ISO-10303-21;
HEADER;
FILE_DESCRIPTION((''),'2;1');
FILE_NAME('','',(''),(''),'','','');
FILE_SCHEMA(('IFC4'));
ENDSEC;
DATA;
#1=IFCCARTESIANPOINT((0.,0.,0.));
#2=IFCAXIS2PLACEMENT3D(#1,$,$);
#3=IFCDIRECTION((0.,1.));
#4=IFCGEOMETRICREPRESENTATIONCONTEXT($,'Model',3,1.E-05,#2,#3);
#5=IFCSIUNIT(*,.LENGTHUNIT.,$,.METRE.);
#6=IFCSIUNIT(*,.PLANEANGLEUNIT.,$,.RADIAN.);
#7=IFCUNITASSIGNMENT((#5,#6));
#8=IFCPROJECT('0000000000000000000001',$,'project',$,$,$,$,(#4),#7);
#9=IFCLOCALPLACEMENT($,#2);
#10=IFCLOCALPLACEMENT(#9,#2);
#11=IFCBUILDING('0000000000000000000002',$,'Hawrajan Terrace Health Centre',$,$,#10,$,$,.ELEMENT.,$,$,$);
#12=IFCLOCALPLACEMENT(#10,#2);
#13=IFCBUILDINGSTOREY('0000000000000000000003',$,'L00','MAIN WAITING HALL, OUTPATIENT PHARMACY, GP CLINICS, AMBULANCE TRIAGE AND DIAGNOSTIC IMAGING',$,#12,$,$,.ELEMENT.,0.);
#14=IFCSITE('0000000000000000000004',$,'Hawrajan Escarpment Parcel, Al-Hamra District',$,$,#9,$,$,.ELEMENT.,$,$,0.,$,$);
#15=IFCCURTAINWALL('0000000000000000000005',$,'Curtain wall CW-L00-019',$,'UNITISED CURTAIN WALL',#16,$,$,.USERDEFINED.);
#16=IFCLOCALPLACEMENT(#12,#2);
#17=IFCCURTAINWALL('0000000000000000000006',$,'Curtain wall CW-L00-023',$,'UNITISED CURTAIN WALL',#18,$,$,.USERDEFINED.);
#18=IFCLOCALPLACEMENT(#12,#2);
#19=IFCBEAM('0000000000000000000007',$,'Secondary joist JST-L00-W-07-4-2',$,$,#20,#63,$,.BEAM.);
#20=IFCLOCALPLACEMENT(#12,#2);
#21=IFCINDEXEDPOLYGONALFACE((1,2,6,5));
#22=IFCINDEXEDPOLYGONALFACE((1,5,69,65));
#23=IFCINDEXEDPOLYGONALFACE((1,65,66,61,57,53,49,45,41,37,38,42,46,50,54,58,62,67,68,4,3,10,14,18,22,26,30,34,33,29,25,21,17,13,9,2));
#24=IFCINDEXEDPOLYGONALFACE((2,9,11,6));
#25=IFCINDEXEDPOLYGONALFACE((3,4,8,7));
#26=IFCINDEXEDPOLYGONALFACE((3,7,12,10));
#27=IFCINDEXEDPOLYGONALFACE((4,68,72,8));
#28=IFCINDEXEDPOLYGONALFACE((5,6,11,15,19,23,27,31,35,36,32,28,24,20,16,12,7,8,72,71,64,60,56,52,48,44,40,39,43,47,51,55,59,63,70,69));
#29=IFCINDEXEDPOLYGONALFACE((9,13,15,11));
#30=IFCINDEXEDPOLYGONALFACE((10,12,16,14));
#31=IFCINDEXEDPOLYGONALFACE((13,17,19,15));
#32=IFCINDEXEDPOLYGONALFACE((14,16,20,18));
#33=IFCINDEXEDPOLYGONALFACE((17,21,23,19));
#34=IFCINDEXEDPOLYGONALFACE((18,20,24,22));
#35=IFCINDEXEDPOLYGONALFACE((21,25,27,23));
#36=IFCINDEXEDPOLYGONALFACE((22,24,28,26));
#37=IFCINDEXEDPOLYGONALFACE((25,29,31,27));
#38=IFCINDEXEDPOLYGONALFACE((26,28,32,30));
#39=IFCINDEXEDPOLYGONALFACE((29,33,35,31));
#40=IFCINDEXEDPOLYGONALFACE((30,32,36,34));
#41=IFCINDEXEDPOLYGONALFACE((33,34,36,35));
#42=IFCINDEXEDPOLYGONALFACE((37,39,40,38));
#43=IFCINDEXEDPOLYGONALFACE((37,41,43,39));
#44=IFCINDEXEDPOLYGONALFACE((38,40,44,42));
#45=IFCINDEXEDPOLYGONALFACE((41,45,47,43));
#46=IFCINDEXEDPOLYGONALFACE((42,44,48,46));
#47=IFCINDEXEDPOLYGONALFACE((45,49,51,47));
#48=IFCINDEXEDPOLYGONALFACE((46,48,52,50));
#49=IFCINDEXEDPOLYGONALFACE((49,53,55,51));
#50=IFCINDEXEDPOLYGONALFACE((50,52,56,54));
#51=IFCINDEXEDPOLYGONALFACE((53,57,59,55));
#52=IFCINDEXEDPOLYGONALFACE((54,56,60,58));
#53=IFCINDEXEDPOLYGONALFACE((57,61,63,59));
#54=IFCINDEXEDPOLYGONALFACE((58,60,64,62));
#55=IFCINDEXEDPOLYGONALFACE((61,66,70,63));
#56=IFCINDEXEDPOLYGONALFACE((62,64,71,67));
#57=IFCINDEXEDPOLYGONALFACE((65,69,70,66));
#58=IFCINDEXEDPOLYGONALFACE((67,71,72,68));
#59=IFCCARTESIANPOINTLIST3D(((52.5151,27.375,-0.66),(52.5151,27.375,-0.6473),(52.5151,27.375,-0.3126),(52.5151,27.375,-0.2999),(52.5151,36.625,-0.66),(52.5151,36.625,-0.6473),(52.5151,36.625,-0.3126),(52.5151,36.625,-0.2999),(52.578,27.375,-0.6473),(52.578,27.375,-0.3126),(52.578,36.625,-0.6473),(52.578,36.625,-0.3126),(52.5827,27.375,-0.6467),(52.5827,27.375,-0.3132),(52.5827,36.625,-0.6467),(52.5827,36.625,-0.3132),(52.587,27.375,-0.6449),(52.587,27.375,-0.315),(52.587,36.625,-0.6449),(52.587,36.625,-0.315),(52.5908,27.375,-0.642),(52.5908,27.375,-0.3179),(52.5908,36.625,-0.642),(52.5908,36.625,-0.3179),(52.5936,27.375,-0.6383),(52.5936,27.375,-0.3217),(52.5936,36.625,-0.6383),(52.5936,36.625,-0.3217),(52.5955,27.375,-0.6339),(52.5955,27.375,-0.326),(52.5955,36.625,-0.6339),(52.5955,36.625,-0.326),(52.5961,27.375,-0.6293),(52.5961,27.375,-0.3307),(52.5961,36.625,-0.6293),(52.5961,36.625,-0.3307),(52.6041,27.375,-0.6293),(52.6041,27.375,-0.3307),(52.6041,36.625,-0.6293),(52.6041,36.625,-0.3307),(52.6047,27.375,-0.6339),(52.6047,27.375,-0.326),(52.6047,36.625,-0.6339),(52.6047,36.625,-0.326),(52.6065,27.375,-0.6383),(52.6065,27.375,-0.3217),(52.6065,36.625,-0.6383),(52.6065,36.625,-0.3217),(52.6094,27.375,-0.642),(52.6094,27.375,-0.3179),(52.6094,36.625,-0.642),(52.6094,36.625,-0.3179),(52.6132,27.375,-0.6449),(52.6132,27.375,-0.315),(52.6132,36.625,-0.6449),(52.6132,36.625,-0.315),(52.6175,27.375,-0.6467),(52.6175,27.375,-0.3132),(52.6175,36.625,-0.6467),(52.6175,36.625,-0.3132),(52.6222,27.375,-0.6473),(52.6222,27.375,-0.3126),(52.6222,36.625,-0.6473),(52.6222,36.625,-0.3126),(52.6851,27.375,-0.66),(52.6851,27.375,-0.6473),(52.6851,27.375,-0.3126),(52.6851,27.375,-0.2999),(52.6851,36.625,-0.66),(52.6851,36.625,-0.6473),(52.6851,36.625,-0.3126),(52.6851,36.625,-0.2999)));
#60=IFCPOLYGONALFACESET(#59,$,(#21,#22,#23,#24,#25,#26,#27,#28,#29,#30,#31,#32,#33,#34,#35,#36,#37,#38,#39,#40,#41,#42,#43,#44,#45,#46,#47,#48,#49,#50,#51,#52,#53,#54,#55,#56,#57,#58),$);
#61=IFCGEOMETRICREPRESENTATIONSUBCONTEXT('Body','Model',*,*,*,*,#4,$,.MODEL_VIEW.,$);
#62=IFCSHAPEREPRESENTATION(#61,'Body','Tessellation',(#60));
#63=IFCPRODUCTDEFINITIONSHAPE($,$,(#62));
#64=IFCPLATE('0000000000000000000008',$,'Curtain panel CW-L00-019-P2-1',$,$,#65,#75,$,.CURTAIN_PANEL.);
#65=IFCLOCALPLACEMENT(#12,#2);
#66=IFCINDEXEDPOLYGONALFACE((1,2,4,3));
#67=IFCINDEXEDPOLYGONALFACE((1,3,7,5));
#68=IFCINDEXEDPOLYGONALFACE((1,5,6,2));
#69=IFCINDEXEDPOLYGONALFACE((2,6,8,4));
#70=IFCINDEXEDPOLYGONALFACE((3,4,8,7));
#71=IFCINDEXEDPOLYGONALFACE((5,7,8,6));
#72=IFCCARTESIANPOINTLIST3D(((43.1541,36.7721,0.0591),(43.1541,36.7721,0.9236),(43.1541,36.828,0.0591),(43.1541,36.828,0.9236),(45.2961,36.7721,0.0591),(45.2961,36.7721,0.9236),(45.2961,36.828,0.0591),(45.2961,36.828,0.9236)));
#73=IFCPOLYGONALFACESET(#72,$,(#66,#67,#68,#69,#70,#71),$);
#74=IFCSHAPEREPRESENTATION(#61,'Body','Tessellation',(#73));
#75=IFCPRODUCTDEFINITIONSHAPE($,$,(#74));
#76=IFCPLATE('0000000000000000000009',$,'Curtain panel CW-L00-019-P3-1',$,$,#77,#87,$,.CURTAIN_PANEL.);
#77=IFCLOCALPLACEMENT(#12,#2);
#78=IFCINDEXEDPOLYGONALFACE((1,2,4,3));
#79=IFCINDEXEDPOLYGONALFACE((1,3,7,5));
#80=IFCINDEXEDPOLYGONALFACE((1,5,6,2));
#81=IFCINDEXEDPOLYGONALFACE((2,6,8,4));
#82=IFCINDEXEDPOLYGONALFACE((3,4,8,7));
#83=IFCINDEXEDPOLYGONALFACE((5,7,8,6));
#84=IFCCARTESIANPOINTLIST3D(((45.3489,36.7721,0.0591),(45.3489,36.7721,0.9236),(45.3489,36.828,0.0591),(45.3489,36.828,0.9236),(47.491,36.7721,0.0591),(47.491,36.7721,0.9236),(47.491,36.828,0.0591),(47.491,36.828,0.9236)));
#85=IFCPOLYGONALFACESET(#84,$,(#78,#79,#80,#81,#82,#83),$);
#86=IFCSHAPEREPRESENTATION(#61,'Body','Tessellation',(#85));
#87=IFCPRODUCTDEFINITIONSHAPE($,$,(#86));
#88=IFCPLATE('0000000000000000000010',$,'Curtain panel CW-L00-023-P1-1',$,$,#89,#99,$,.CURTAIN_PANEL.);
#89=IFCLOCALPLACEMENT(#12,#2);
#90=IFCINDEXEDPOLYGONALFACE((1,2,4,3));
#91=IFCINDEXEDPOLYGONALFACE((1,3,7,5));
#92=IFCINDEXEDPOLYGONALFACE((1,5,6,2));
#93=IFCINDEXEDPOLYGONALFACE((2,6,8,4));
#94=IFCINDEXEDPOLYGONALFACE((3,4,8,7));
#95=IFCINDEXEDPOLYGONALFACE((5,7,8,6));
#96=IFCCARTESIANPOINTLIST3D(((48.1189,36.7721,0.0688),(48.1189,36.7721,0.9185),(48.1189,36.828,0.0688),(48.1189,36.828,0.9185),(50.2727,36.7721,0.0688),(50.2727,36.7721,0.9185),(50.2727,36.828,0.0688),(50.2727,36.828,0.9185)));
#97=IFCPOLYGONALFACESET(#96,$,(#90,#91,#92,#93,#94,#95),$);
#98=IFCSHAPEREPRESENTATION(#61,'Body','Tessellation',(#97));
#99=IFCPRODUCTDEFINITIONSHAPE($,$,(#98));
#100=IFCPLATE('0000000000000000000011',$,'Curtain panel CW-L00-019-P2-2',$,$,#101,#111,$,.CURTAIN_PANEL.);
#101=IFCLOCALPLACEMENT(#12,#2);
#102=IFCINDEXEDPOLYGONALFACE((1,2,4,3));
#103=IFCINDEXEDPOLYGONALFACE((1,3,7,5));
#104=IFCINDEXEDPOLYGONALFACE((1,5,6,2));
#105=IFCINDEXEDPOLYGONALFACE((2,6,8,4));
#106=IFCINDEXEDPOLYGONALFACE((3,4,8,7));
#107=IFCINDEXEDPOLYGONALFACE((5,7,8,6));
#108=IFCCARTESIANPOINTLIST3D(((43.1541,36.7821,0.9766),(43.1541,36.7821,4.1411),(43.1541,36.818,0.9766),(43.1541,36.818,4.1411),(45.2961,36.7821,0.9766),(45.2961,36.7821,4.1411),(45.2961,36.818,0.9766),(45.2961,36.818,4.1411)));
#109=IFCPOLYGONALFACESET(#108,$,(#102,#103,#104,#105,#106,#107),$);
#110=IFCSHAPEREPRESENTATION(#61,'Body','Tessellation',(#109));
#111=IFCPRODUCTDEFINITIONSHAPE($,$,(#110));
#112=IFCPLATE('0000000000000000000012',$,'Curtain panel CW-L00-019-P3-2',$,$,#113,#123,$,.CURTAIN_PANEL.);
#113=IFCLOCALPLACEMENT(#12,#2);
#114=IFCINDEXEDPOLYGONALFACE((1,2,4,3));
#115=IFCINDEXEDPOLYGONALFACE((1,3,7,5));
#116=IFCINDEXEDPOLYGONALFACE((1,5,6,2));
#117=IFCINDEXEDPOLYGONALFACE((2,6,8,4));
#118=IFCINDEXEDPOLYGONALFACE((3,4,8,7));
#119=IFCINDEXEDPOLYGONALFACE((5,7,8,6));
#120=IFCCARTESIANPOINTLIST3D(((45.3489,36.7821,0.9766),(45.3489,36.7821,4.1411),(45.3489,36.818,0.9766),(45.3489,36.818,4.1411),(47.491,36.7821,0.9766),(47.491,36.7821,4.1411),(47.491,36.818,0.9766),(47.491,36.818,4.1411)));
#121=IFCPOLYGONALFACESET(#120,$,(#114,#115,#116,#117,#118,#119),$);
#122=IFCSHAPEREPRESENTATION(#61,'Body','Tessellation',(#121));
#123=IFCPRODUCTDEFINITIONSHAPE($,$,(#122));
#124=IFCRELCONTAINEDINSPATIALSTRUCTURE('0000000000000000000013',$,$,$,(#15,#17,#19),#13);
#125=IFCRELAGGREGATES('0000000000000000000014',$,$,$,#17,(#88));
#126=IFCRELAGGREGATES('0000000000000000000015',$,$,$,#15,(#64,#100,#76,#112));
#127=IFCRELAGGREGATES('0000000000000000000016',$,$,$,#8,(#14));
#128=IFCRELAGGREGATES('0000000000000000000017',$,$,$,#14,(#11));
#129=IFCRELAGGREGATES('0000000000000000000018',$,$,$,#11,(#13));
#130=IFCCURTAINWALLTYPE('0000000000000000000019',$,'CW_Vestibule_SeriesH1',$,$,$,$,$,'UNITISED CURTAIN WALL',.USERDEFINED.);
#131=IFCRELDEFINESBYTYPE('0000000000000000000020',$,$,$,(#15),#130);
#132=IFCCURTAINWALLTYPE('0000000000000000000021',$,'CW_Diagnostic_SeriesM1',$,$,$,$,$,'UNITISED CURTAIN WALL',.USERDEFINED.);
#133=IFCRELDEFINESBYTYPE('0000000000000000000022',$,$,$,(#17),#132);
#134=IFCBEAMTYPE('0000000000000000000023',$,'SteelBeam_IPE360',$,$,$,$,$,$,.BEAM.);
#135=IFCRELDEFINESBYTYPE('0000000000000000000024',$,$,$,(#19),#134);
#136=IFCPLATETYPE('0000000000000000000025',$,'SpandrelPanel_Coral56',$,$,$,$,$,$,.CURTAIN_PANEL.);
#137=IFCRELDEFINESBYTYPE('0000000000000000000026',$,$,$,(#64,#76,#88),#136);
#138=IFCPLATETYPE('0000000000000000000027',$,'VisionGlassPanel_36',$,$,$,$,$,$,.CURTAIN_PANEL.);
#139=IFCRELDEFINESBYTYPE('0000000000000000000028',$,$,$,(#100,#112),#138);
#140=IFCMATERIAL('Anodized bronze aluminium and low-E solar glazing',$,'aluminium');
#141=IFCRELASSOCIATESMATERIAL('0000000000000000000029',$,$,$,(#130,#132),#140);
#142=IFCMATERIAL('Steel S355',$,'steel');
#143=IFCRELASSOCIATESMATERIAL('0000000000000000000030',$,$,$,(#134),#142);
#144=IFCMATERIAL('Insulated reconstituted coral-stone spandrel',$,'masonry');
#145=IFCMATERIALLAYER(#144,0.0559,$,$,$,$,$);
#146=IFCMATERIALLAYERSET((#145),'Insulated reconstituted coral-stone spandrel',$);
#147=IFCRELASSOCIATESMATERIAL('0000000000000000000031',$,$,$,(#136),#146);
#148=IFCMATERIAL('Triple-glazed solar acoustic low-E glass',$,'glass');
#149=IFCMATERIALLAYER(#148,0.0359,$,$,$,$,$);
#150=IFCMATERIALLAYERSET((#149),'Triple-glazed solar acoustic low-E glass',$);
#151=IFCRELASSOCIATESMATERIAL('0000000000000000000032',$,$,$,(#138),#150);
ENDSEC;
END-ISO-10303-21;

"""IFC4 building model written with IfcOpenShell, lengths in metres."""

from ifc_helpers import new_model, si_unit, direction, frame, origin, origin_2d, place, context, subcontext, project, spatial, rectangle, i_section, extrude, material, layer, layer_set, material_profile, profile_set, type_object, element, aggregate, save


model = new_model("IFC4")

# Units and contexts
model_context = context("Model", 3, precision=1e-05, world=origin(), true_north=direction((0.0, 1.0)))
body_context = subcontext(model_context, "Body", "Model", "MODEL_VIEW")
ifc_project = project(units=[si_unit("LENGTHUNIT", "METRE"), si_unit("PLANEANGLEUNIT", "RADIAN")], contexts=[model_context])

# Site, building, storey
site_placement = place(None, origin())
site = spatial("IfcSite", under=ifc_project, at=site_placement, Name="Hawrajan Escarpment Parcel, Al-Hamra District", CompositionType="ELEMENT", RefElevation=0.0)
building_placement = place(site_placement, origin())
building = spatial("IfcBuilding", under=site, at=building_placement, Name="Hawrajan Terrace Health Centre", CompositionType="ELEMENT")
storey_placement = place(building_placement, origin())
storey = spatial("IfcBuildingStorey", under=building, at=storey_placement, Name="L00", Description="MAIN WAITING HALL, OUTPATIENT PHARMACY, GP CLINICS, AMBULANCE TRIAGE AND DIAGNOSTIC IMAGING", CompositionType="ELEMENT", Elevation=0.0)

# Curtain wall
ifc_material_1 = material(Name="Anodized bronze aluminium and low-E solar glazing", Category="aluminium")
curtain_wall_type_1 = type_object("IfcCurtainWallType", Name="CW_Vestibule_SeriesH1", ElementType="UNITISED CURTAIN WALL", PredefinedType="USERDEFINED", material=ifc_material_1)
curtain_wall_1_placement = place(storey_placement, origin())
curtain_wall_1 = element("IfcCurtainWall", 1, at=curtain_wall_1_placement, inside=storey, type_object=curtain_wall_type_1, Name="Curtain wall CW-L00-019", ObjectType="UNITISED CURTAIN WALL", PredefinedType="USERDEFINED")

# Curtain wall
curtain_wall_type_2 = type_object("IfcCurtainWallType", Name="CW_Diagnostic_SeriesM1", ElementType="UNITISED CURTAIN WALL", PredefinedType="USERDEFINED", material=ifc_material_1)
curtain_wall_2_placement = place(storey_placement, origin())
curtain_wall_2 = element("IfcCurtainWall", 2, at=curtain_wall_2_placement, inside=storey, type_object=curtain_wall_type_2, Name="Curtain wall CW-L00-023", ObjectType="UNITISED CURTAIN WALL", PredefinedType="USERDEFINED")

# Beam
ifc_material_2 = material(Name="Steel S355", Category="steel")
ifc_material_profile_1 = material_profile(ifc_material_2, i_section(OverallWidth=0.1699, OverallDepth=0.3601, WebThickness=0.0081, FlangeThickness=0.0127, FilletRadius=0.0181, at=origin_2d()), Name="IPE 360")
ifc_profile_set_1 = profile_set([ifc_material_profile_1], Name="Steel S355")
beam_type_1 = type_object("IfcBeamType", Name="SteelBeam_IPE360", PredefinedType="BEAM", material=ifc_profile_set_1)
for number, where, z_axis, x_axis, name in (
    (3, (52.6001, 27.375, -0.48), (0.0, 1.0, 0.0), (-1.0, 0.0, 0.0), "Secondary joist JST-L00-W-07-4-2"),
):
    element("IfcBeam", number, at=place(storey_placement, frame(where, z_axis=z_axis, x_axis=x_axis)), inside=storey, type_object=beam_type_1, Name=name, PredefinedType="BEAM", context=body_context, shape_type="SweptSolid", body=[
        extrude(i_section(OverallWidth=0.1699, OverallDepth=0.3601, WebThickness=0.0081, FlangeThickness=0.0127, FilletRadius=0.0181, at=origin_2d()), origin(), (0.0, 0.0, 1.0), 9.25),
    ])

# Plates
ifc_material_3 = material(Name="Insulated reconstituted coral-stone spandrel", Category="masonry")
ifc_layer_1 = layer(ifc_material_3, 0.0559)
ifc_layer_set_1 = layer_set([ifc_layer_1], Name="Insulated reconstituted coral-stone spandrel")
plate_type_1 = type_object("IfcPlateType", Name="SpandrelPanel_Coral56", PredefinedType="CURTAIN_PANEL", material=ifc_layer_set_1)
plate_1_placement = place(storey_placement, frame((44.2251, 36.8, 0.0591), z_axis=(0.0, 0.0, 1.0), x_axis=(1.0, 0.0, 0.0)))
plate_1 = element("IfcPlate", 4, at=plate_1_placement, type_object=plate_type_1, Name="Curtain panel CW-L00-019-P2-1", PredefinedType="CURTAIN_PANEL", context=body_context, shape_type="SweptSolid", body=[
    extrude(rectangle(XDim=2.1421, YDim=0.0559, at=origin_2d()), origin(), (0.0, 0.0, 1.0), 0.8645),
])
plate_2_placement = place(storey_placement, frame((46.4199, 36.8, 0.0591), z_axis=(0.0, 0.0, 1.0), x_axis=(1.0, 0.0, 0.0)))
plate_2 = element("IfcPlate", 5, at=plate_2_placement, type_object=plate_type_1, Name="Curtain panel CW-L00-019-P3-1", PredefinedType="CURTAIN_PANEL", context=body_context, shape_type="SweptSolid", body=[
    extrude(rectangle(XDim=2.1421, YDim=0.0559, at=origin_2d()), origin(), (0.0, 0.0, 1.0), 0.8645),
])
plate_3_placement = place(storey_placement, frame((49.1958, 36.8, 0.0688), z_axis=(0.0, 0.0, 1.0), x_axis=(1.0, 0.0, 0.0)))
plate_3 = element("IfcPlate", 6, at=plate_3_placement, type_object=plate_type_1, Name="Curtain panel CW-L00-023-P1-1", PredefinedType="CURTAIN_PANEL", context=body_context, shape_type="SweptSolid", body=[
    extrude(rectangle(XDim=2.1538, YDim=0.0559, at=origin_2d()), origin(), (0.0, 0.0, 1.0), 0.8496),
])
aggregate(curtain_wall_2, [plate_3])
ifc_material_4 = material(Name="Triple-glazed solar acoustic low-E glass", Category="glass")
ifc_layer_2 = layer(ifc_material_4, 0.0359)
ifc_layer_set_2 = layer_set([ifc_layer_2], Name="Triple-glazed solar acoustic low-E glass")
plate_type_2 = type_object("IfcPlateType", Name="VisionGlassPanel_36", PredefinedType="CURTAIN_PANEL", material=ifc_layer_set_2)
plate_4_placement = place(storey_placement, frame((44.2251, 36.8, 0.9766), z_axis=(0.0, 0.0, 1.0), x_axis=(1.0, 0.0, 0.0)))
plate_4 = element("IfcPlate", 7, at=plate_4_placement, type_object=plate_type_2, Name="Curtain panel CW-L00-019-P2-2", PredefinedType="CURTAIN_PANEL", context=body_context, shape_type="SweptSolid", body=[
    extrude(rectangle(XDim=2.1421, YDim=0.0359, at=origin_2d()), origin(), (0.0, 0.0, 1.0), 3.1646),
])
plate_5_placement = place(storey_placement, frame((46.4199, 36.8, 0.9766), z_axis=(0.0, 0.0, 1.0), x_axis=(1.0, 0.0, 0.0)))
plate_5 = element("IfcPlate", 8, at=plate_5_placement, type_object=plate_type_2, Name="Curtain panel CW-L00-019-P3-2", PredefinedType="CURTAIN_PANEL", context=body_context, shape_type="SweptSolid", body=[
    extrude(rectangle(XDim=2.1421, YDim=0.0359, at=origin_2d()), origin(), (0.0, 0.0, 1.0), 3.1646),
])
aggregate(curtain_wall_1, [plate_1, plate_4, plate_2, plate_5])

save(model, "model.ifc")
